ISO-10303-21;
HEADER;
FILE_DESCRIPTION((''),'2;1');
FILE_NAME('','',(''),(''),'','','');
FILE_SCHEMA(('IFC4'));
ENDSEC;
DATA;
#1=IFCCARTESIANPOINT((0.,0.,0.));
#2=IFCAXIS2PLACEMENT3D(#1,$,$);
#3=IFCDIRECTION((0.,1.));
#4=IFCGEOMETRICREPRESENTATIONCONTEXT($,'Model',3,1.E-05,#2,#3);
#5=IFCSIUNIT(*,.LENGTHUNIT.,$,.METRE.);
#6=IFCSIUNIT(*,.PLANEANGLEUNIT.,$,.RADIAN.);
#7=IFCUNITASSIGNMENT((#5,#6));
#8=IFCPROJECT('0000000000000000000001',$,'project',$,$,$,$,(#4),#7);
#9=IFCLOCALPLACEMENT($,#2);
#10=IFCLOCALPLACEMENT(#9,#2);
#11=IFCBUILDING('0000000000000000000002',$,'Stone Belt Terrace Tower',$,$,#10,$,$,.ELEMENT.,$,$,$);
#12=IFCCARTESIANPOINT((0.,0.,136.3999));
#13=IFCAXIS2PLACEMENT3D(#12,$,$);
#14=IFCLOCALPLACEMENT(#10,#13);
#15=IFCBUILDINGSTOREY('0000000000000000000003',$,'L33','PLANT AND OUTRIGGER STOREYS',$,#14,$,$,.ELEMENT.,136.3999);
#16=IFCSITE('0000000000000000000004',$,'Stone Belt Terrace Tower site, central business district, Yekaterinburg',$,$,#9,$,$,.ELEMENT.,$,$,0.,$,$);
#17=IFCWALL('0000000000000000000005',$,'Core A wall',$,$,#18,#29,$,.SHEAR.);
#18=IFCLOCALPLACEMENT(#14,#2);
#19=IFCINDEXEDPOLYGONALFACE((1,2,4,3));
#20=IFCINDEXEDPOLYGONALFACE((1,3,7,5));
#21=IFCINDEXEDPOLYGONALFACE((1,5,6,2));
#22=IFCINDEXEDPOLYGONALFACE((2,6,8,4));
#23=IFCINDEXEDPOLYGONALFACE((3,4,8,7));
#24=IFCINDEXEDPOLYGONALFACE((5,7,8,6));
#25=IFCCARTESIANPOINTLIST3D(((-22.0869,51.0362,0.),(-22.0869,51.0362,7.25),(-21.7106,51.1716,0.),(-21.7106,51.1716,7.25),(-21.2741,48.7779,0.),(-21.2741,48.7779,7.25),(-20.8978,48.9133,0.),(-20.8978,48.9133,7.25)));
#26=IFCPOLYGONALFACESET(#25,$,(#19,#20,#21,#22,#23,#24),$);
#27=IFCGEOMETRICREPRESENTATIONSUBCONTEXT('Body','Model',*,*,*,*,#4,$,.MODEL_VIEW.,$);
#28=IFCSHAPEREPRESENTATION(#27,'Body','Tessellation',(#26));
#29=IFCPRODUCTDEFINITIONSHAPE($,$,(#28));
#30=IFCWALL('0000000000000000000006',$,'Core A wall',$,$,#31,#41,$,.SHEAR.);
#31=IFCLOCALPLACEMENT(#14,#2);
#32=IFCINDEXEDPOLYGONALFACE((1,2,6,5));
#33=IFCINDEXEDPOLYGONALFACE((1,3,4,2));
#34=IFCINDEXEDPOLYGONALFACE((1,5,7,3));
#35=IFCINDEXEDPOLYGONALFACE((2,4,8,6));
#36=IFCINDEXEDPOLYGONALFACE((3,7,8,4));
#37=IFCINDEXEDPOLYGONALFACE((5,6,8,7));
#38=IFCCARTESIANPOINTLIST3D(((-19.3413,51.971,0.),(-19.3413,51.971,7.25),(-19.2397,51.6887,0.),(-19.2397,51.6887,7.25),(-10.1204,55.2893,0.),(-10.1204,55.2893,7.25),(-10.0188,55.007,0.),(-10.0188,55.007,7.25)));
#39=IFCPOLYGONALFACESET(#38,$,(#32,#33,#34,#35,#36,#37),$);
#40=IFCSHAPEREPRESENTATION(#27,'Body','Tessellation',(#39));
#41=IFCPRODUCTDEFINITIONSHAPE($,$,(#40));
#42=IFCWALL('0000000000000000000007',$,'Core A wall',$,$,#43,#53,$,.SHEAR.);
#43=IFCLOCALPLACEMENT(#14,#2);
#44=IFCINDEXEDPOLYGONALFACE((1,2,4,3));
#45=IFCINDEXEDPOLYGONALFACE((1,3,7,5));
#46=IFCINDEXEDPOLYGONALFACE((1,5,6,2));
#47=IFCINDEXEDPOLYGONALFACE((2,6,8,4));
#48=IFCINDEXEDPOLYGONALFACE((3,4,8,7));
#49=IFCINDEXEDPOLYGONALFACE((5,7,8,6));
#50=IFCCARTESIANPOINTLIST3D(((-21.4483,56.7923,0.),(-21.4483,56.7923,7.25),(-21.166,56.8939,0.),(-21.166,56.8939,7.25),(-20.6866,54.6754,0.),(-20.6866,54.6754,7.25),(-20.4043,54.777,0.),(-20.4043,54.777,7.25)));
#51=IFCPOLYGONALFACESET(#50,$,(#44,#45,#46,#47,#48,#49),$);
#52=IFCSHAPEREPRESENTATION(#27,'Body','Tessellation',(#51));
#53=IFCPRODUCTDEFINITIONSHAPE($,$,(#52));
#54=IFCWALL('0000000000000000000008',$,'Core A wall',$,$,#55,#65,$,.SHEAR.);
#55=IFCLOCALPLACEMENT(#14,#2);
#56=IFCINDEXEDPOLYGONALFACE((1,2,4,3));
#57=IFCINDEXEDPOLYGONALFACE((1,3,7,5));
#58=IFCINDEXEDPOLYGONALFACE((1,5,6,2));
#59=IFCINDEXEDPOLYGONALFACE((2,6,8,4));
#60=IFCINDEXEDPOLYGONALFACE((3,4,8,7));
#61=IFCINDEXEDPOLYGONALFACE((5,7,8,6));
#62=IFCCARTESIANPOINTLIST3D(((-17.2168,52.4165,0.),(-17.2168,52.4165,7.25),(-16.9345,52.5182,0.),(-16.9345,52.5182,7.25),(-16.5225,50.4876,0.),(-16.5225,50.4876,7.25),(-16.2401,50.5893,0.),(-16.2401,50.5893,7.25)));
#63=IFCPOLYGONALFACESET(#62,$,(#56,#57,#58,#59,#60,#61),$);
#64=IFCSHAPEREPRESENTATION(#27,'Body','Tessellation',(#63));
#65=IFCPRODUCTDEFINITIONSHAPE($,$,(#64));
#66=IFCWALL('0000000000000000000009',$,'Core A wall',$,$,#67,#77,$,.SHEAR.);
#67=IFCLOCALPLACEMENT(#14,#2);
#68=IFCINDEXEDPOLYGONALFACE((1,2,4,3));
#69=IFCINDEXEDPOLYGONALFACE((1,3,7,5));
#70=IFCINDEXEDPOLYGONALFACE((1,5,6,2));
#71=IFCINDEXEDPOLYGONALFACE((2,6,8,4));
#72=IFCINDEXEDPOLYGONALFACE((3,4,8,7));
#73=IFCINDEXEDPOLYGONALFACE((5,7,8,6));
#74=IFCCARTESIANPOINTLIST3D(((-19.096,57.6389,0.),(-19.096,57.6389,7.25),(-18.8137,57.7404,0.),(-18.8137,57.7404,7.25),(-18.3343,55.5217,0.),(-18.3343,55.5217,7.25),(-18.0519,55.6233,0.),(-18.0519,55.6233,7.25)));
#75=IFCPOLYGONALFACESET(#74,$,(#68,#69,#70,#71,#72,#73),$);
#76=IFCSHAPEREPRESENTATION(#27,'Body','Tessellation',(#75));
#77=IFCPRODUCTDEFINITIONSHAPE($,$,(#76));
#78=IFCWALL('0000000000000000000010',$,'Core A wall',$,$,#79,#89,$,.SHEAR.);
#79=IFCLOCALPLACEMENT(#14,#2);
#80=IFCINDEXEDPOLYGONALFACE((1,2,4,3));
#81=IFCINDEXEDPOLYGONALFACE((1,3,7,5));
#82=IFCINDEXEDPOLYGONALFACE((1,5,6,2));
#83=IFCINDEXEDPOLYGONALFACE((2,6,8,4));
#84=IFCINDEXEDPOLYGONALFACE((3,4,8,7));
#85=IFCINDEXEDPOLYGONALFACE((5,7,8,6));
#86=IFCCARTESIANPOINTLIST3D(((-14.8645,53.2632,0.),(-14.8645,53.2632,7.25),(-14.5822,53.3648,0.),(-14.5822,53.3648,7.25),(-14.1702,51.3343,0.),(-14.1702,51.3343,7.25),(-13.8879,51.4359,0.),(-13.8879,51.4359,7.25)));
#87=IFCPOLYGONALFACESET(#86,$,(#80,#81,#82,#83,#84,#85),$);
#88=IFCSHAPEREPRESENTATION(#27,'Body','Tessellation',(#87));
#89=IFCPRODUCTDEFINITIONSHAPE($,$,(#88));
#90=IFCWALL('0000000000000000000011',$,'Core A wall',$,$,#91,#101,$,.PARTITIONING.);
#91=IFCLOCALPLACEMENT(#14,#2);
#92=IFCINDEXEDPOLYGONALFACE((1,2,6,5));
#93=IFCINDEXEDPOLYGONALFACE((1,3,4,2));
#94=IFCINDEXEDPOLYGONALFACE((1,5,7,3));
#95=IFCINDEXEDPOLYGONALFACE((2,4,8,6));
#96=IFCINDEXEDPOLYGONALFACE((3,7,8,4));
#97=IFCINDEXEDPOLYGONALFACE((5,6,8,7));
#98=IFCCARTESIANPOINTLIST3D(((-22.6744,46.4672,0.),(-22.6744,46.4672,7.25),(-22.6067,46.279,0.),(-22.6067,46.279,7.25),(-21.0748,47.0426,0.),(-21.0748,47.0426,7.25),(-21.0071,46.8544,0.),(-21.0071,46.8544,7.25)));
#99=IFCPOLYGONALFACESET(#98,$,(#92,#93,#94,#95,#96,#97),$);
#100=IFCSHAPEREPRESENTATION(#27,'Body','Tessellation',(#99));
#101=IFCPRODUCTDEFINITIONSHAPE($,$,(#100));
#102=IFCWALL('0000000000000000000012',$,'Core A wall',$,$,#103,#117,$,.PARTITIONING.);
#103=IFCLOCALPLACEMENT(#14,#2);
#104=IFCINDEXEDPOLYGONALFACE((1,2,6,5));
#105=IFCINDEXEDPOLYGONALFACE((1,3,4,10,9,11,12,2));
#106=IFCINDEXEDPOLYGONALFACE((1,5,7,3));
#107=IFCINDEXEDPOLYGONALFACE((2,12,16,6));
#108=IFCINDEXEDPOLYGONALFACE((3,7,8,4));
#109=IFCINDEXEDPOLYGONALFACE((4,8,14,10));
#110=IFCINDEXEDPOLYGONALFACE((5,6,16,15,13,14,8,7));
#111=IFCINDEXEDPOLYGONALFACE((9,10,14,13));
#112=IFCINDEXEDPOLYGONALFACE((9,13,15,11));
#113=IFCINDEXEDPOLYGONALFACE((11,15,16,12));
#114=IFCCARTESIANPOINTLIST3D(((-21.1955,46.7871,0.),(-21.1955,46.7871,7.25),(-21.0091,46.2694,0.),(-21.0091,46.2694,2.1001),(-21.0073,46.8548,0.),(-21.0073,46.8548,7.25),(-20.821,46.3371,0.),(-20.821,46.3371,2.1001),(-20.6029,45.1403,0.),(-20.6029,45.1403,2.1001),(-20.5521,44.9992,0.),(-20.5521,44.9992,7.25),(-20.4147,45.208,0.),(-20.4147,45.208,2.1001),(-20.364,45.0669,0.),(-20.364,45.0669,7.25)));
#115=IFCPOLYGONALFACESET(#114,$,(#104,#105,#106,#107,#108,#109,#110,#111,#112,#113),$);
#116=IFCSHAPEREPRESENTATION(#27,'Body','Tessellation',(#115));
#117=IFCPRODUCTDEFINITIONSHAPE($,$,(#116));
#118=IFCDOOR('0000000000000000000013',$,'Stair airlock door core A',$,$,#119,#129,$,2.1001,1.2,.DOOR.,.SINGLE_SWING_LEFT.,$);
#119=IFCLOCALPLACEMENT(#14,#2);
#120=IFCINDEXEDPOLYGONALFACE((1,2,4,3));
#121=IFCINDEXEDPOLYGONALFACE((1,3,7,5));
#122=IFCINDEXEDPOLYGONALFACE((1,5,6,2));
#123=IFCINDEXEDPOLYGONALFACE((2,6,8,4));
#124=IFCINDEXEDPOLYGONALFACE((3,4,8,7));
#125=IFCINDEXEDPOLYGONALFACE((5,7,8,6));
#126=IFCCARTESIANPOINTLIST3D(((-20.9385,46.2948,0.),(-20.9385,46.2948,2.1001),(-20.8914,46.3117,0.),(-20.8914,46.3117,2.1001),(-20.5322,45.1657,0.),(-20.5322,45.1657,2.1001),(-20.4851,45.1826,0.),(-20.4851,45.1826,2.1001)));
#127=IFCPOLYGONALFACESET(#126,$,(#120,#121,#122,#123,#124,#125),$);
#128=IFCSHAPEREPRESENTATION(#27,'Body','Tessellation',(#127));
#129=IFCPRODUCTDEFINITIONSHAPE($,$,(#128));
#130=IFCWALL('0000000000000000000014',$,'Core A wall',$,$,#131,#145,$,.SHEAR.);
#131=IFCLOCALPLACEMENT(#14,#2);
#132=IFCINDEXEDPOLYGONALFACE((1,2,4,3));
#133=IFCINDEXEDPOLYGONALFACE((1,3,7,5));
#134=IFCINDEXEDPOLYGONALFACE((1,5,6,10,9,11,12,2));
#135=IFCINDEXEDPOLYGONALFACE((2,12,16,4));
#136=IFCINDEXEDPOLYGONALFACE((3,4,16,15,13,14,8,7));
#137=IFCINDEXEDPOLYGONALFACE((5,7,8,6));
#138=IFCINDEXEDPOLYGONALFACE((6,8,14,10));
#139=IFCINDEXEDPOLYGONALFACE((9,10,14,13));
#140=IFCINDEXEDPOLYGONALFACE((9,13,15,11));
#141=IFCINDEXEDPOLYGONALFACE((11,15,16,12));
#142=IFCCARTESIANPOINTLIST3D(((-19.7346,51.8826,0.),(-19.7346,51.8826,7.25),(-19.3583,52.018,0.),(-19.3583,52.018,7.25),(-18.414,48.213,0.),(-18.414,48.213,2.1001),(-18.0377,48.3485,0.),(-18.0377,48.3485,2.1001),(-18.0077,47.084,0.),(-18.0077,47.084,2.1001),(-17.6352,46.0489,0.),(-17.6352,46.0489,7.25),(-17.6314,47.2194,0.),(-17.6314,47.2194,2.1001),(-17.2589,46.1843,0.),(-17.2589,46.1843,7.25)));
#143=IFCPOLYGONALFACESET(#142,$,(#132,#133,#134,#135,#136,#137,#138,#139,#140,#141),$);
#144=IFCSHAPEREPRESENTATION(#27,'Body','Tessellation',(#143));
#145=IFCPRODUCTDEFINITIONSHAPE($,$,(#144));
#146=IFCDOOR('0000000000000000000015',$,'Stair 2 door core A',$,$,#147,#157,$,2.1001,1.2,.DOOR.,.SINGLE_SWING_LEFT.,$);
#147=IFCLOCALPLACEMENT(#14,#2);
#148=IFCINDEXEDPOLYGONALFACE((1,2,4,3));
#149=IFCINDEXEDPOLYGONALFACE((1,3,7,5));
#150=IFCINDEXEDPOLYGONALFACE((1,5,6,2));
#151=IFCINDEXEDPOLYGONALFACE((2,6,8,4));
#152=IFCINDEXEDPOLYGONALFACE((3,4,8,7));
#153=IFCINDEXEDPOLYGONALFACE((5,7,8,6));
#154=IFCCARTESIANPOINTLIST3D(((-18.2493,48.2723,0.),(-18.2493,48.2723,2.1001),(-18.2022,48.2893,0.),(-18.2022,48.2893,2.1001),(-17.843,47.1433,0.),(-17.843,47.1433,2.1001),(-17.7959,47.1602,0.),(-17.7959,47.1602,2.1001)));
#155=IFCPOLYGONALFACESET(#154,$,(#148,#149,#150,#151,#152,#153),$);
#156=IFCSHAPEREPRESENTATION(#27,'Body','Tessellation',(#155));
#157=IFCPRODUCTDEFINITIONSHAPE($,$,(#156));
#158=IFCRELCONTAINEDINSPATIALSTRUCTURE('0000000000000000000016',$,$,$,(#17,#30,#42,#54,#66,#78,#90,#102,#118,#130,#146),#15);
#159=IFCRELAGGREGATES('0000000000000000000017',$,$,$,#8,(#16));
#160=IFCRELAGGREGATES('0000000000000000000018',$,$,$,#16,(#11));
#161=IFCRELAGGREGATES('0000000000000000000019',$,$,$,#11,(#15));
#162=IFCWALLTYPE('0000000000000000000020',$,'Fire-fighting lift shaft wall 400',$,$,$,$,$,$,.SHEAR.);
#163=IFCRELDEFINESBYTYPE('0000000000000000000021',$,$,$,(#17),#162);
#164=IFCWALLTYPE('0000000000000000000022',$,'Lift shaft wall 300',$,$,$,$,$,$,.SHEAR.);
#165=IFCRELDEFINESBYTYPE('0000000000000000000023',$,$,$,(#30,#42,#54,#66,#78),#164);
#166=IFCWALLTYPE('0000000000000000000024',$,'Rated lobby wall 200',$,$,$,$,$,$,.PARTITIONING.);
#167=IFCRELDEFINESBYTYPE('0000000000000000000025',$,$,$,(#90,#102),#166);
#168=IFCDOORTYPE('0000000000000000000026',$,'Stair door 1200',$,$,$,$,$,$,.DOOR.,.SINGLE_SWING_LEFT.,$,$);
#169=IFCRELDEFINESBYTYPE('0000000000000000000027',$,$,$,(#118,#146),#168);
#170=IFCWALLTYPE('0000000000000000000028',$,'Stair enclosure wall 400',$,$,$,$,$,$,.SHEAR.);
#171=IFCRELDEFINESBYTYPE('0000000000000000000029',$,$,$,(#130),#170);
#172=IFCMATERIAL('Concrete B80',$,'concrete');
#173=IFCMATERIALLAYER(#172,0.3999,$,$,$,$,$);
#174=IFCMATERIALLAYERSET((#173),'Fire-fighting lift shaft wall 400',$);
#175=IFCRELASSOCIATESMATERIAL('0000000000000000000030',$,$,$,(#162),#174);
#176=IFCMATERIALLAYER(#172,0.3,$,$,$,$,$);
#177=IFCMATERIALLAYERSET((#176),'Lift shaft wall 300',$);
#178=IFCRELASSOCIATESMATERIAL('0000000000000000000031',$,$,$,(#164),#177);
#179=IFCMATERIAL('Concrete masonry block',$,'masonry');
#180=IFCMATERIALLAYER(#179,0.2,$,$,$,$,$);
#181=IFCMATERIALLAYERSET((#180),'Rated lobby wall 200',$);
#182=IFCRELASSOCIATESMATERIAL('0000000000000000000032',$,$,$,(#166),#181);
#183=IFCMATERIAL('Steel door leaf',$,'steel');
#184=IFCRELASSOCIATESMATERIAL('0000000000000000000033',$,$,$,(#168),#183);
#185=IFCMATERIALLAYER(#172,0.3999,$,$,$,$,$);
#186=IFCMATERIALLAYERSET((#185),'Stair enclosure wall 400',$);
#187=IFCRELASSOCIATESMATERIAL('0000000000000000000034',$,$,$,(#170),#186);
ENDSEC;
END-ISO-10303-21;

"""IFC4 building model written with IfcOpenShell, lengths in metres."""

from ifc_helpers import new_model, si_unit, direction, frame, frame_2d, origin, place, context, subcontext, project, spatial, rectangle, extrude, material, layer, layer_set, type_object, element, fill, save


model = new_model("IFC4")

# Units and contexts
model_context = context("Model", 3, precision=1e-05, world=origin(), true_north=direction((0.0, 1.0)))
body_context = subcontext(model_context, "Body", "Model", "MODEL_VIEW")
ifc_project = project(units=[si_unit("LENGTHUNIT", "METRE"), si_unit("PLANEANGLEUNIT", "RADIAN")], contexts=[model_context])

# Site, building, storey
site_placement = place(None, origin())
site = spatial("IfcSite", under=ifc_project, at=site_placement, Name="Stone Belt Terrace Tower site, central business district, Yekaterinburg", CompositionType="ELEMENT", RefElevation=0.0)
building_placement = place(site_placement, origin())
building = spatial("IfcBuilding", under=site, at=building_placement, Name="Stone Belt Terrace Tower", CompositionType="ELEMENT")
storey_placement = place(building_placement, frame((0.0, 0.0, 136.3999)))
storey = spatial("IfcBuildingStorey", under=building, at=storey_placement, Name="L33", Description="PLANT AND OUTRIGGER STOREYS", CompositionType="ELEMENT", Elevation=136.3999)

# Walls
ifc_material_1 = material(Name="Concrete B80", Category="concrete")
ifc_layer_1 = layer(ifc_material_1, 0.3999)
ifc_layer_set_1 = layer_set([ifc_layer_1], Name="Fire-fighting lift shaft wall 400")
wall_type_1 = type_object("IfcWallType", Name="Fire-fighting lift shaft wall 400", PredefinedType="SHEAR", material=ifc_layer_set_1)
wall_1_placement = place(storey_placement, frame((-21.0859, 48.8455, 0.0), z_axis=(0.0, 0.0, 1.0), x_axis=(-0.338629, 0.94092, 0.0)))
element("IfcWall", 1, at=wall_1_placement, inside=storey, type_object=wall_type_1, Name="Core A wall", PredefinedType="SHEAR", context=body_context, shape_type="SweptSolid", body=[
    extrude(rectangle(XDim=2.4001, YDim=0.3999, at=frame_2d((1.2002, 0.0))), origin(), (0.0, 0.0, 1.0), 7.25),
])
ifc_layer_2 = layer(ifc_material_1, 0.3)
ifc_layer_set_2 = layer_set([ifc_layer_2], Name="Lift shaft wall 300")
wall_type_2 = type_object("IfcWallType", Name="Lift shaft wall 300", PredefinedType="SHEAR", material=ifc_layer_set_2)
wall_2_placement = place(storey_placement, frame((-19.2905, 51.8298, 0.0), z_axis=(0.0, 0.0, 1.0), x_axis=(0.940926, 0.338613, 0.0)))
element("IfcWall", 2, at=wall_2_placement, inside=storey, type_object=wall_type_2, Name="Core A wall", PredefinedType="SHEAR", context=body_context, shape_type="SweptSolid", body=[
    extrude(rectangle(XDim=9.7998, YDim=0.3, at=frame_2d((4.8999, 0.0))), origin(), (0.0, 0.0, 1.0), 7.25),
])
wall_3_placement = place(storey_placement, frame((-20.5454, 54.7261, 0.0), z_axis=(0.0, 0.0, 1.0), x_axis=(-0.33857, 0.940941, 0.0)))
element("IfcWall", 3, at=wall_3_placement, inside=storey, type_object=wall_type_2, Name="Core A wall", PredefinedType="SHEAR", context=body_context, shape_type="SweptSolid", body=[
    extrude(rectangle(XDim=2.2498, YDim=0.3, at=frame_2d((1.125, 0.0))), origin(), (0.0, 0.0, 1.0), 7.25),
])
wall_4_placement = place(storey_placement, frame((-16.3813, 50.5386, 0.0), z_axis=(0.0, 0.0, 1.0), x_axis=(-0.338682, 0.940901, 0.0)))
element("IfcWall", 4, at=wall_4_placement, inside=storey, type_object=wall_type_2, Name="Core A wall", PredefinedType="SHEAR", context=body_context, shape_type="SweptSolid", body=[
    extrude(rectangle(XDim=2.05, YDim=0.3, at=frame_2d((1.0249, 0.0))), origin(), (0.0, 0.0, 1.0), 7.25),
])
wall_5_placement = place(storey_placement, frame((-18.1931, 55.5725, 0.0), z_axis=(0.0, 0.0, 1.0), x_axis=(-0.338535, 0.940954, 0.0)))
element("IfcWall", 5, at=wall_5_placement, inside=storey, type_object=wall_type_2, Name="Core A wall", PredefinedType="SHEAR", context=body_context, shape_type="SweptSolid", body=[
    extrude(rectangle(XDim=2.25, YDim=0.3, at=frame_2d((1.125, 0.0))), origin(), (0.0, 0.0, 1.0), 7.25),
])
wall_6_placement = place(storey_placement, frame((-14.0291, 51.3853, 0.0), z_axis=(0.0, 0.0, 1.0), x_axis=(-0.338682, 0.940901, 0.0)))
element("IfcWall", 6, at=wall_6_placement, inside=storey, type_object=wall_type_2, Name="Core A wall", PredefinedType="SHEAR", context=body_context, shape_type="SweptSolid", body=[
    extrude(rectangle(XDim=2.05, YDim=0.3, at=frame_2d((1.0249, 0.0))), origin(), (0.0, 0.0, 1.0), 7.25),
])
ifc_material_2 = material(Name="Concrete masonry block", Category="masonry")
ifc_layer_3 = layer(ifc_material_2, 0.2)
ifc_layer_set_3 = layer_set([ifc_layer_3], Name="Rated lobby wall 200")
wall_type_3 = type_object("IfcWallType", Name="Rated lobby wall 200", PredefinedType="PARTITIONING", material=ifc_layer_set_3)
wall_7_placement = place(storey_placement, frame((-22.6406, 46.373, 0.0), z_axis=(0.0, 0.0, 1.0), x_axis=(0.940966, 0.338501, 0.0)))
element("IfcWall", 7, at=wall_7_placement, inside=storey, type_object=wall_type_3, Name="Core A wall", PredefinedType="PARTITIONING", context=body_context, shape_type="SweptSolid", body=[
    extrude(rectangle(XDim=1.7, YDim=0.2, at=frame_2d((0.8501, 0.0))), origin(), (0.0, 0.0, 1.0), 7.25),
])

# Walls, openings, doors
wall_8_placement = place(storey_placement, frame((-20.458, 45.033, 0.0), z_axis=(0.0, 0.0, 1.0), x_axis=(-0.338574, 0.94094, 0.0)))
wall_8 = element("IfcWall", 8, at=wall_8_placement, inside=storey, type_object=wall_type_3, Name="Core A wall", PredefinedType="PARTITIONING", context=body_context, shape_type="SweptSolid", body=[
    extrude(rectangle(XDim=1.9001, YDim=0.2, at=frame_2d((0.9502, 0.0))), origin(), (0.0, 0.0, 1.0), 7.25),
])
opening_1_placement = place(wall_8_placement, frame((0.1499, 0.0, 0.0)))
opening_1 = element("IfcOpeningElement", 9, at=opening_1_placement, cuts=wall_8, PredefinedType="OPENING", context=body_context, shape_type="SweptSolid", body=[
    extrude(rectangle(XDim=1.2, YDim=2.1001, at=frame_2d((0.6001, 1.05))), frame((0.0, 0.1099, 0.0), z_axis=(0.0, -1.0, 0.0), x_axis=(1.0, 0.0, 0.0)), (0.0, 0.0, 1.0), 0.22),
])
ifc_material_3 = material(Name="Steel door leaf", Category="steel")
door_type = type_object("IfcDoorType", Name="Stair door 1200", OperationType="SINGLE_SWING_LEFT", PredefinedType="DOOR", material=ifc_material_3)
door_1_placement = place(opening_1_placement, origin())
door_1 = element("IfcDoor", 10, at=door_1_placement, inside=storey, type_object=door_type, Name="Stair airlock door core A", OperationType="SINGLE_SWING_LEFT", OverallHeight=2.1001, OverallWidth=1.2, PredefinedType="DOOR", context=body_context, shape_type="SweptSolid", body=[
    extrude(rectangle(XDim=1.2, YDim=2.1001, at=frame_2d((0.6001, 1.05))), frame((0.0, 0.0249, 0.0), z_axis=(0.0, -1.0, 0.0), x_axis=(1.0, 0.0, 0.0)), (0.0, 0.0, 1.0), 0.05),
])
fill(opening_1, door_1)
ifc_layer_4 = layer(ifc_material_1, 0.3999)
ifc_layer_set_4 = layer_set([ifc_layer_4], Name="Stair enclosure wall 400")
wall_type_4 = type_object("IfcWallType", Name="Stair enclosure wall 400", PredefinedType="SHEAR", material=ifc_layer_set_4)
wall_9_placement = place(storey_placement, frame((-17.447, 46.1165, 0.0), z_axis=(0.0, 0.0, 1.0), x_axis=(-0.338608, 0.940928, 0.0)))
wall_9 = element("IfcWall", 11, at=wall_9_placement, inside=storey, type_object=wall_type_4, Name="Core A wall", PredefinedType="SHEAR", context=body_context, shape_type="SweptSolid", body=[
    extrude(rectangle(XDim=6.2, YDim=0.3999, at=frame_2d((3.1001, 0.0))), origin(), (0.0, 0.0, 1.0), 7.25),
])
opening_2_placement = place(wall_9_placement, frame((1.1001, 0.0, 0.0)))
opening_2 = element("IfcOpeningElement", 12, at=opening_2_placement, cuts=wall_9, PredefinedType="OPENING", context=body_context, shape_type="SweptSolid", body=[
    extrude(rectangle(XDim=1.2, YDim=2.1001, at=frame_2d((0.6001, 1.05))), frame((0.0, 0.21, 0.0), z_axis=(0.0, -1.0, 0.0), x_axis=(1.0, 0.0, 0.0)), (0.0, 0.0, 1.0), 0.4199),
])
door_2_placement = place(opening_2_placement, origin())
door_2 = element("IfcDoor", 13, at=door_2_placement, inside=storey, type_object=door_type, Name="Stair 2 door core A", OperationType="SINGLE_SWING_LEFT", OverallHeight=2.1001, OverallWidth=1.2, PredefinedType="DOOR", context=body_context, shape_type="SweptSolid", body=[
    extrude(rectangle(XDim=1.2, YDim=2.1001, at=frame_2d((0.6001, 1.05))), frame((0.0, 0.0249, 0.0), z_axis=(0.0, -1.0, 0.0), x_axis=(1.0, 0.0, 0.0)), (0.0, 0.0, 1.0), 0.05),
])
fill(opening_2, door_2)

save(model, "model.ifc")
